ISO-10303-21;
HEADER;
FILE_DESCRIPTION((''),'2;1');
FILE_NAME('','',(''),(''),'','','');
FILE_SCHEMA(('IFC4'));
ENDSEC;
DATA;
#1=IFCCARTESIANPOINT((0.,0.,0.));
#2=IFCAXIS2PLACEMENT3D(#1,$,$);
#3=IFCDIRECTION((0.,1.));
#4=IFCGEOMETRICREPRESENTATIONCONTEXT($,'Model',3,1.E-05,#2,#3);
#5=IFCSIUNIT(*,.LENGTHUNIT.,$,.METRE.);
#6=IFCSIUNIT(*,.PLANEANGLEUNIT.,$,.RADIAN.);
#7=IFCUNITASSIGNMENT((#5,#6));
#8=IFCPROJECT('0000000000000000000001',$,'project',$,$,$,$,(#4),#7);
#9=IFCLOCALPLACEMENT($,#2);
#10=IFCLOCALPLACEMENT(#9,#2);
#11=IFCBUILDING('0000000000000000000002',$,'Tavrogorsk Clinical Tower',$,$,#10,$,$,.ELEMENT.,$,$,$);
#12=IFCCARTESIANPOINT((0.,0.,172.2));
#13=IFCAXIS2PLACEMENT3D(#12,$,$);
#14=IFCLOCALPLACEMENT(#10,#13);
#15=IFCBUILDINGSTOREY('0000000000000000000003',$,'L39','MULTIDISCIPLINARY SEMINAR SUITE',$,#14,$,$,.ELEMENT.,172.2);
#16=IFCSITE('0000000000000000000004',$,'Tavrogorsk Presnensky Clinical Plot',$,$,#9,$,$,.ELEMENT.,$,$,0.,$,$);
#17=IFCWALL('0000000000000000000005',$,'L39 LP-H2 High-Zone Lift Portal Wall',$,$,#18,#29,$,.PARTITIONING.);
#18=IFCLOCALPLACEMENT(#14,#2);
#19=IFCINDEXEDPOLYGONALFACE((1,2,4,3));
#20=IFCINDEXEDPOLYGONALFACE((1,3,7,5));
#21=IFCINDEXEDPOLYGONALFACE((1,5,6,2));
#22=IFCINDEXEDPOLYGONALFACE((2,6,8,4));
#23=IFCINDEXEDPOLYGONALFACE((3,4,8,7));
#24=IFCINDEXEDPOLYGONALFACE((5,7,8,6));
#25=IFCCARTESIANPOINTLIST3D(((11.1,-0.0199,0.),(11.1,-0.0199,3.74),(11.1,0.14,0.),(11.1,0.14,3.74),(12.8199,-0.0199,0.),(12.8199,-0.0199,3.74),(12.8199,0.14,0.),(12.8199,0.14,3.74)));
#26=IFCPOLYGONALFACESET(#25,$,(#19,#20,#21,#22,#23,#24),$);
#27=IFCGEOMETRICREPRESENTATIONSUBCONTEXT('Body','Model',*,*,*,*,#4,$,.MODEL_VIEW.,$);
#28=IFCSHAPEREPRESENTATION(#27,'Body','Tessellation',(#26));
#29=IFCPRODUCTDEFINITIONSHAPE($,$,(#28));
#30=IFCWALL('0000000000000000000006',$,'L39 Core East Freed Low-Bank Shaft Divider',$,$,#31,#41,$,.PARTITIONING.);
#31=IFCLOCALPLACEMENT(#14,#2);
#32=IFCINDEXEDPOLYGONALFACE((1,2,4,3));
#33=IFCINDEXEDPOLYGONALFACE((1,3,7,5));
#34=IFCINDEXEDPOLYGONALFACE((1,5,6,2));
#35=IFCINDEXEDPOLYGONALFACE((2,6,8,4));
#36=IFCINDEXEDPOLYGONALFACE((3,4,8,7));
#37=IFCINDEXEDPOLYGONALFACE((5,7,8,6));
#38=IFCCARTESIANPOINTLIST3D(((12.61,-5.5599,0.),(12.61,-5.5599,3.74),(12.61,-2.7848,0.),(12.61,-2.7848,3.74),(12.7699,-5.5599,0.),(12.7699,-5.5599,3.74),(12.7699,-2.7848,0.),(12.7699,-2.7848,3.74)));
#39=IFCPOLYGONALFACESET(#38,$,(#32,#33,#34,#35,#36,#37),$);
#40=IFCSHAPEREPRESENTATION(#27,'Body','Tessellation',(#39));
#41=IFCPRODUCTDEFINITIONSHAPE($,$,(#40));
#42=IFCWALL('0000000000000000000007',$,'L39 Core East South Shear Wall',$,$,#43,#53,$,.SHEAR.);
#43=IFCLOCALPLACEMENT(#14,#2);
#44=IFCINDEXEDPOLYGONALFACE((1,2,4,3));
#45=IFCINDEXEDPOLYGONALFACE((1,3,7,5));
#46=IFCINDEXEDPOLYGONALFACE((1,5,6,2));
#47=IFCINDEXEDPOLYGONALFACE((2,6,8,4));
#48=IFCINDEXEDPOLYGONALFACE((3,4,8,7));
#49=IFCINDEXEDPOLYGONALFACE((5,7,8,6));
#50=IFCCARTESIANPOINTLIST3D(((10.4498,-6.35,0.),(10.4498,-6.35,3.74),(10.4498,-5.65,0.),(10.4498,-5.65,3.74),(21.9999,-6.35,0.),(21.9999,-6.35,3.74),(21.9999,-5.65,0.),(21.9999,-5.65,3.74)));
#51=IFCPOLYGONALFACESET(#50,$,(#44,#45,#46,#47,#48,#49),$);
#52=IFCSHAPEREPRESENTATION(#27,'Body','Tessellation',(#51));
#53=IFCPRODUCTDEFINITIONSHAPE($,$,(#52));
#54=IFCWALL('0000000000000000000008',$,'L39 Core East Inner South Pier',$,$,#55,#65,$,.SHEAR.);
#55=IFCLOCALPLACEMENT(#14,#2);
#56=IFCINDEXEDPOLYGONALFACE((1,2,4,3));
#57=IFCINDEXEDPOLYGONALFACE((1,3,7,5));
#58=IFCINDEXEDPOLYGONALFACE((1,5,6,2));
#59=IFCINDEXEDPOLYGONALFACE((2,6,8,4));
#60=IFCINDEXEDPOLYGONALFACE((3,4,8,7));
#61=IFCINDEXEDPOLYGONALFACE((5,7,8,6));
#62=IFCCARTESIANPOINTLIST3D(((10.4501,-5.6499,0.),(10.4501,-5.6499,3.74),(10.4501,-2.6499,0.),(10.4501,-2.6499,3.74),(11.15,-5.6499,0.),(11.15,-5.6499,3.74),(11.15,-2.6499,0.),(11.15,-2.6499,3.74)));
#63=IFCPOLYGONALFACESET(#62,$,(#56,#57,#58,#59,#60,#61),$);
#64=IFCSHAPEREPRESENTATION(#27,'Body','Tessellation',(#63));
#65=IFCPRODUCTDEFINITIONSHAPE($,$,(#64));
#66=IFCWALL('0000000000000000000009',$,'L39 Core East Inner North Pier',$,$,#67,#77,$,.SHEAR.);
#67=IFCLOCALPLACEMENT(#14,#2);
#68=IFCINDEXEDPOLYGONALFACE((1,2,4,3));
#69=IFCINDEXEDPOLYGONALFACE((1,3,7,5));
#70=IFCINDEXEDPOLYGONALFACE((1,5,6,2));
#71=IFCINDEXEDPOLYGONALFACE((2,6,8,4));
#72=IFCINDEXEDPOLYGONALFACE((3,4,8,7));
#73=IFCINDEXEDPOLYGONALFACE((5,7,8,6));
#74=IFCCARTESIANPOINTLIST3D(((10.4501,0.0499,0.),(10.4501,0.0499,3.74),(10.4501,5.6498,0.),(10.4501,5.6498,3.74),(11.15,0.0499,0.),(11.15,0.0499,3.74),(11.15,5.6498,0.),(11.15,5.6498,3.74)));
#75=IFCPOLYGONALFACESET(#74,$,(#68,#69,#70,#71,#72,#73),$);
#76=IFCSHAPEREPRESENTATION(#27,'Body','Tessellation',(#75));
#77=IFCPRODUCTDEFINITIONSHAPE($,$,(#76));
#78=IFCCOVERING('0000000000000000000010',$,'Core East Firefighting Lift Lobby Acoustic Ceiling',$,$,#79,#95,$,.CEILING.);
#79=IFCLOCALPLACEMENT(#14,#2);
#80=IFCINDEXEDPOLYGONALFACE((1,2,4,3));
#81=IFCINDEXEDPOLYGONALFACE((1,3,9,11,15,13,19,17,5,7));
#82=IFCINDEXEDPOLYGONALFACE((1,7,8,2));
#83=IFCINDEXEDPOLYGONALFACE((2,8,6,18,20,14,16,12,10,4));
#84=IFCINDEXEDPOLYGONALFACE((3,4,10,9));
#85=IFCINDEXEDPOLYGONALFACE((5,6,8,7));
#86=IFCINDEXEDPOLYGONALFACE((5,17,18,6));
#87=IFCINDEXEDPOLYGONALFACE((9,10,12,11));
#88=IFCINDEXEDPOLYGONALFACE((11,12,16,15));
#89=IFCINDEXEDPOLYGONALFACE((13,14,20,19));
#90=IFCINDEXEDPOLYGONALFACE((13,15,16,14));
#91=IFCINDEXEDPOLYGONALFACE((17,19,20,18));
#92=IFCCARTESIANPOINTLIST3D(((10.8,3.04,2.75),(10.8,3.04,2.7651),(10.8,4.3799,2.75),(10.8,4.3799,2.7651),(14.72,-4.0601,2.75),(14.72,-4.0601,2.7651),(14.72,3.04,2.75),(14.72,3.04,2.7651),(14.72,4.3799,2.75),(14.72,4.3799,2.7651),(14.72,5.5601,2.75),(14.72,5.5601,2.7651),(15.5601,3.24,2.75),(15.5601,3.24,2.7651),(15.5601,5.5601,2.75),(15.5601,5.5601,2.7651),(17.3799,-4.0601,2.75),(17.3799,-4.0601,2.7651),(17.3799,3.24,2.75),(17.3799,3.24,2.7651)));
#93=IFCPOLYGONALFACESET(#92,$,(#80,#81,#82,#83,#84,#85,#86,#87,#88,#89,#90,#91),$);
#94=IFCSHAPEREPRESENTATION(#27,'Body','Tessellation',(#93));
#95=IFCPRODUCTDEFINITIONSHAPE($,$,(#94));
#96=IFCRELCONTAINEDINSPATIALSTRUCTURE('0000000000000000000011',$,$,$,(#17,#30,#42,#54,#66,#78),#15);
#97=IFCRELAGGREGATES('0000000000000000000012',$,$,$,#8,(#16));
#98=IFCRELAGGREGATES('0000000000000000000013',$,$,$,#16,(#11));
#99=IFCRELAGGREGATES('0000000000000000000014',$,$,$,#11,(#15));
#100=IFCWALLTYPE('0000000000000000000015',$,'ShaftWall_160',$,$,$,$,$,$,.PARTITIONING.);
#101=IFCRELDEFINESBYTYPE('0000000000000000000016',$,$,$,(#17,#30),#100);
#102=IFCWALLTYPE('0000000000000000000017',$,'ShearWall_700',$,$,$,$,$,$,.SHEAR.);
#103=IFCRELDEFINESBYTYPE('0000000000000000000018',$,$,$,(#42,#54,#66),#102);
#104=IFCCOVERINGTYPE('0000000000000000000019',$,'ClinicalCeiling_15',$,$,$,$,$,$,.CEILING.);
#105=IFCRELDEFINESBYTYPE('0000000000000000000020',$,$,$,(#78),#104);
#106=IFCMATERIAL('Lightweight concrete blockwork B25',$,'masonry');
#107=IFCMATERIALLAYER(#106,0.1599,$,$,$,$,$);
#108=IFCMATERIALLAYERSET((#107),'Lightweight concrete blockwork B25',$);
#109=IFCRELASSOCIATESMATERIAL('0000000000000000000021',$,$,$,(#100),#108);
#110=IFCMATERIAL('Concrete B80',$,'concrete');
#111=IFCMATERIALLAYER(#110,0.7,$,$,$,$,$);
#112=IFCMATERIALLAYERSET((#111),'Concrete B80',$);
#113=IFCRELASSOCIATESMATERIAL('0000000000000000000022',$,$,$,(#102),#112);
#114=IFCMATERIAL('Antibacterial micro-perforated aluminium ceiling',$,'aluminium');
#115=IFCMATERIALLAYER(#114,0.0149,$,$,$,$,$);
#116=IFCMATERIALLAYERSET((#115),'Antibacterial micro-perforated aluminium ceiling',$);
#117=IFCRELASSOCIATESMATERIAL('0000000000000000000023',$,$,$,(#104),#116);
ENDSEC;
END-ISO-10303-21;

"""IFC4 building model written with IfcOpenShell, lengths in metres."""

from ifc_helpers import new_model, si_unit, direction, frame, frame_2d, origin, place, context, subcontext, project, spatial, polyline, rectangle, outline, extrude, material, layer, layer_set, type_object, element, save


model = new_model("IFC4")

# Units and contexts
model_context = context("Model", 3, precision=1e-05, world=origin(), true_north=direction((0.0, 1.0)))
body_context = subcontext(model_context, "Body", "Model", "MODEL_VIEW")
ifc_project = project(units=[si_unit("LENGTHUNIT", "METRE"), si_unit("PLANEANGLEUNIT", "RADIAN")], contexts=[model_context])

# Site, building, storey
site_placement = place(None, origin())
site = spatial("IfcSite", under=ifc_project, at=site_placement, Name="Tavrogorsk Presnensky Clinical Plot", CompositionType="ELEMENT", RefElevation=0.0)
building_placement = place(site_placement, origin())
building = spatial("IfcBuilding", under=site, at=building_placement, Name="Tavrogorsk Clinical Tower", CompositionType="ELEMENT")
storey_placement = place(building_placement, frame((0.0, 0.0, 172.2)))
storey = spatial("IfcBuildingStorey", under=building, at=storey_placement, Name="L39", Description="MULTIDISCIPLINARY SEMINAR SUITE", CompositionType="ELEMENT", Elevation=172.2)

# Shared definitions
ifc_material_1 = material(Name="Lightweight concrete blockwork B25", Category="masonry")
ifc_layer_1 = layer(ifc_material_1, 0.1599)
ifc_layer_set_1 = layer_set([ifc_layer_1], Name="Lightweight concrete blockwork B25")
wall_type_1 = type_object("IfcWallType", Name="ShaftWall_160", PredefinedType="PARTITIONING", material=ifc_layer_set_1)

# Walls
wall_1_placement = place(storey_placement, frame((11.1001, 0.0601, 0.0), z_axis=(0.0, 0.0, 1.0), x_axis=(1.0, 0.0, 0.0)))
element("IfcWall", 1, at=wall_1_placement, inside=storey, type_object=wall_type_1, Name="L39 LP-H2 High-Zone Lift Portal Wall", PredefinedType="PARTITIONING", context=body_context, shape_type="SweptSolid", body=[
    extrude(rectangle(XDim=1.72, YDim=0.1599, at=frame_2d((0.8599, 0.0))), origin(), (0.0, 0.0, 1.0), 3.74),
])
wall_2_placement = place(storey_placement, frame((12.6899, -5.5601, 0.0), z_axis=(0.0, 0.0, 1.0), x_axis=(0.0, 1.0, 0.0)))
element("IfcWall", 2, at=wall_2_placement, inside=storey, type_object=wall_type_1, Name="L39 Core East Freed Low-Bank Shaft Divider", PredefinedType="PARTITIONING", context=body_context, shape_type="SweptSolid", body=[
    extrude(rectangle(XDim=2.7751, YDim=0.1599, at=frame_2d((1.3877, 0.0))), origin(), (0.0, 0.0, 1.0), 3.74),
])
ifc_material_2 = material(Name="Concrete B80", Category="concrete")
ifc_layer_2 = layer(ifc_material_2, 0.7)
ifc_layer_set_2 = layer_set([ifc_layer_2], Name="Concrete B80")
wall_type_2 = type_object("IfcWallType", Name="ShearWall_700", PredefinedType="SHEAR", material=ifc_layer_set_2)
wall_3_placement = place(storey_placement, frame((10.45, -6.0, 0.0), z_axis=(0.0, 0.0, 1.0), x_axis=(1.0, 0.0, 0.0)))
element("IfcWall", 3, at=wall_3_placement, inside=storey, type_object=wall_type_2, Name="L39 Core East South Shear Wall", PredefinedType="SHEAR", context=body_context, shape_type="SweptSolid", body=[
    extrude(rectangle(XDim=11.55, YDim=0.7, at=frame_2d((5.7749, 0.0))), origin(), (0.0, 0.0, 1.0), 3.74),
])
wall_4_placement = place(storey_placement, frame((10.8, -5.6499, 0.0), z_axis=(0.0, 0.0, 1.0), x_axis=(0.0, 1.0, 0.0)))
element("IfcWall", 4, at=wall_4_placement, inside=storey, type_object=wall_type_2, Name="L39 Core East Inner South Pier", PredefinedType="SHEAR", context=body_context, shape_type="SweptSolid", body=[
    extrude(rectangle(XDim=3.0, YDim=0.7, at=frame_2d((1.5, 0.0))), origin(), (0.0, 0.0, 1.0), 3.74),
])
wall_5_placement = place(storey_placement, frame((10.8, 0.05, 0.0), z_axis=(0.0, 0.0, 1.0), x_axis=(0.0, 1.0, 0.0)))
element("IfcWall", 5, at=wall_5_placement, inside=storey, type_object=wall_type_2, Name="L39 Core East Inner North Pier", PredefinedType="SHEAR", context=body_context, shape_type="SweptSolid", body=[
    extrude(rectangle(XDim=5.5999, YDim=0.7, at=frame_2d((2.7998, 0.0))), origin(), (0.0, 0.0, 1.0), 3.74),
])

# Covering
ifc_material_3 = material(Name="Antibacterial micro-perforated aluminium ceiling", Category="aluminium")
ifc_layer_3 = layer(ifc_material_3, 0.0149)
ifc_layer_set_3 = layer_set([ifc_layer_3], Name="Antibacterial micro-perforated aluminium ceiling")
covering_type = type_object("IfcCoveringType", Name="ClinicalCeiling_15", PredefinedType="CEILING", material=ifc_layer_set_3)
covering_placement = place(storey_placement, frame((0.0, 0.0, 2.75)))
element("IfcCovering", 6, at=covering_placement, inside=storey, type_object=covering_type, Name="Core East Firefighting Lift Lobby Acoustic Ceiling", PredefinedType="CEILING", context=body_context, shape_type="SweptSolid", body=[
    extrude(outline(polyline([(14.72, -4.0601), (14.72, 3.04), (10.8, 3.04), (10.8, 4.3799), (14.72, 4.3799), (14.72, 5.5601), (15.5601, 5.5601), (15.5601, 3.24), (17.3799, 3.24), (17.3799, -4.0601), (14.72, -4.0601)])), origin(), (0.0, 0.0, 1.0), 0.0151),
])

save(model, "model.ifc")
